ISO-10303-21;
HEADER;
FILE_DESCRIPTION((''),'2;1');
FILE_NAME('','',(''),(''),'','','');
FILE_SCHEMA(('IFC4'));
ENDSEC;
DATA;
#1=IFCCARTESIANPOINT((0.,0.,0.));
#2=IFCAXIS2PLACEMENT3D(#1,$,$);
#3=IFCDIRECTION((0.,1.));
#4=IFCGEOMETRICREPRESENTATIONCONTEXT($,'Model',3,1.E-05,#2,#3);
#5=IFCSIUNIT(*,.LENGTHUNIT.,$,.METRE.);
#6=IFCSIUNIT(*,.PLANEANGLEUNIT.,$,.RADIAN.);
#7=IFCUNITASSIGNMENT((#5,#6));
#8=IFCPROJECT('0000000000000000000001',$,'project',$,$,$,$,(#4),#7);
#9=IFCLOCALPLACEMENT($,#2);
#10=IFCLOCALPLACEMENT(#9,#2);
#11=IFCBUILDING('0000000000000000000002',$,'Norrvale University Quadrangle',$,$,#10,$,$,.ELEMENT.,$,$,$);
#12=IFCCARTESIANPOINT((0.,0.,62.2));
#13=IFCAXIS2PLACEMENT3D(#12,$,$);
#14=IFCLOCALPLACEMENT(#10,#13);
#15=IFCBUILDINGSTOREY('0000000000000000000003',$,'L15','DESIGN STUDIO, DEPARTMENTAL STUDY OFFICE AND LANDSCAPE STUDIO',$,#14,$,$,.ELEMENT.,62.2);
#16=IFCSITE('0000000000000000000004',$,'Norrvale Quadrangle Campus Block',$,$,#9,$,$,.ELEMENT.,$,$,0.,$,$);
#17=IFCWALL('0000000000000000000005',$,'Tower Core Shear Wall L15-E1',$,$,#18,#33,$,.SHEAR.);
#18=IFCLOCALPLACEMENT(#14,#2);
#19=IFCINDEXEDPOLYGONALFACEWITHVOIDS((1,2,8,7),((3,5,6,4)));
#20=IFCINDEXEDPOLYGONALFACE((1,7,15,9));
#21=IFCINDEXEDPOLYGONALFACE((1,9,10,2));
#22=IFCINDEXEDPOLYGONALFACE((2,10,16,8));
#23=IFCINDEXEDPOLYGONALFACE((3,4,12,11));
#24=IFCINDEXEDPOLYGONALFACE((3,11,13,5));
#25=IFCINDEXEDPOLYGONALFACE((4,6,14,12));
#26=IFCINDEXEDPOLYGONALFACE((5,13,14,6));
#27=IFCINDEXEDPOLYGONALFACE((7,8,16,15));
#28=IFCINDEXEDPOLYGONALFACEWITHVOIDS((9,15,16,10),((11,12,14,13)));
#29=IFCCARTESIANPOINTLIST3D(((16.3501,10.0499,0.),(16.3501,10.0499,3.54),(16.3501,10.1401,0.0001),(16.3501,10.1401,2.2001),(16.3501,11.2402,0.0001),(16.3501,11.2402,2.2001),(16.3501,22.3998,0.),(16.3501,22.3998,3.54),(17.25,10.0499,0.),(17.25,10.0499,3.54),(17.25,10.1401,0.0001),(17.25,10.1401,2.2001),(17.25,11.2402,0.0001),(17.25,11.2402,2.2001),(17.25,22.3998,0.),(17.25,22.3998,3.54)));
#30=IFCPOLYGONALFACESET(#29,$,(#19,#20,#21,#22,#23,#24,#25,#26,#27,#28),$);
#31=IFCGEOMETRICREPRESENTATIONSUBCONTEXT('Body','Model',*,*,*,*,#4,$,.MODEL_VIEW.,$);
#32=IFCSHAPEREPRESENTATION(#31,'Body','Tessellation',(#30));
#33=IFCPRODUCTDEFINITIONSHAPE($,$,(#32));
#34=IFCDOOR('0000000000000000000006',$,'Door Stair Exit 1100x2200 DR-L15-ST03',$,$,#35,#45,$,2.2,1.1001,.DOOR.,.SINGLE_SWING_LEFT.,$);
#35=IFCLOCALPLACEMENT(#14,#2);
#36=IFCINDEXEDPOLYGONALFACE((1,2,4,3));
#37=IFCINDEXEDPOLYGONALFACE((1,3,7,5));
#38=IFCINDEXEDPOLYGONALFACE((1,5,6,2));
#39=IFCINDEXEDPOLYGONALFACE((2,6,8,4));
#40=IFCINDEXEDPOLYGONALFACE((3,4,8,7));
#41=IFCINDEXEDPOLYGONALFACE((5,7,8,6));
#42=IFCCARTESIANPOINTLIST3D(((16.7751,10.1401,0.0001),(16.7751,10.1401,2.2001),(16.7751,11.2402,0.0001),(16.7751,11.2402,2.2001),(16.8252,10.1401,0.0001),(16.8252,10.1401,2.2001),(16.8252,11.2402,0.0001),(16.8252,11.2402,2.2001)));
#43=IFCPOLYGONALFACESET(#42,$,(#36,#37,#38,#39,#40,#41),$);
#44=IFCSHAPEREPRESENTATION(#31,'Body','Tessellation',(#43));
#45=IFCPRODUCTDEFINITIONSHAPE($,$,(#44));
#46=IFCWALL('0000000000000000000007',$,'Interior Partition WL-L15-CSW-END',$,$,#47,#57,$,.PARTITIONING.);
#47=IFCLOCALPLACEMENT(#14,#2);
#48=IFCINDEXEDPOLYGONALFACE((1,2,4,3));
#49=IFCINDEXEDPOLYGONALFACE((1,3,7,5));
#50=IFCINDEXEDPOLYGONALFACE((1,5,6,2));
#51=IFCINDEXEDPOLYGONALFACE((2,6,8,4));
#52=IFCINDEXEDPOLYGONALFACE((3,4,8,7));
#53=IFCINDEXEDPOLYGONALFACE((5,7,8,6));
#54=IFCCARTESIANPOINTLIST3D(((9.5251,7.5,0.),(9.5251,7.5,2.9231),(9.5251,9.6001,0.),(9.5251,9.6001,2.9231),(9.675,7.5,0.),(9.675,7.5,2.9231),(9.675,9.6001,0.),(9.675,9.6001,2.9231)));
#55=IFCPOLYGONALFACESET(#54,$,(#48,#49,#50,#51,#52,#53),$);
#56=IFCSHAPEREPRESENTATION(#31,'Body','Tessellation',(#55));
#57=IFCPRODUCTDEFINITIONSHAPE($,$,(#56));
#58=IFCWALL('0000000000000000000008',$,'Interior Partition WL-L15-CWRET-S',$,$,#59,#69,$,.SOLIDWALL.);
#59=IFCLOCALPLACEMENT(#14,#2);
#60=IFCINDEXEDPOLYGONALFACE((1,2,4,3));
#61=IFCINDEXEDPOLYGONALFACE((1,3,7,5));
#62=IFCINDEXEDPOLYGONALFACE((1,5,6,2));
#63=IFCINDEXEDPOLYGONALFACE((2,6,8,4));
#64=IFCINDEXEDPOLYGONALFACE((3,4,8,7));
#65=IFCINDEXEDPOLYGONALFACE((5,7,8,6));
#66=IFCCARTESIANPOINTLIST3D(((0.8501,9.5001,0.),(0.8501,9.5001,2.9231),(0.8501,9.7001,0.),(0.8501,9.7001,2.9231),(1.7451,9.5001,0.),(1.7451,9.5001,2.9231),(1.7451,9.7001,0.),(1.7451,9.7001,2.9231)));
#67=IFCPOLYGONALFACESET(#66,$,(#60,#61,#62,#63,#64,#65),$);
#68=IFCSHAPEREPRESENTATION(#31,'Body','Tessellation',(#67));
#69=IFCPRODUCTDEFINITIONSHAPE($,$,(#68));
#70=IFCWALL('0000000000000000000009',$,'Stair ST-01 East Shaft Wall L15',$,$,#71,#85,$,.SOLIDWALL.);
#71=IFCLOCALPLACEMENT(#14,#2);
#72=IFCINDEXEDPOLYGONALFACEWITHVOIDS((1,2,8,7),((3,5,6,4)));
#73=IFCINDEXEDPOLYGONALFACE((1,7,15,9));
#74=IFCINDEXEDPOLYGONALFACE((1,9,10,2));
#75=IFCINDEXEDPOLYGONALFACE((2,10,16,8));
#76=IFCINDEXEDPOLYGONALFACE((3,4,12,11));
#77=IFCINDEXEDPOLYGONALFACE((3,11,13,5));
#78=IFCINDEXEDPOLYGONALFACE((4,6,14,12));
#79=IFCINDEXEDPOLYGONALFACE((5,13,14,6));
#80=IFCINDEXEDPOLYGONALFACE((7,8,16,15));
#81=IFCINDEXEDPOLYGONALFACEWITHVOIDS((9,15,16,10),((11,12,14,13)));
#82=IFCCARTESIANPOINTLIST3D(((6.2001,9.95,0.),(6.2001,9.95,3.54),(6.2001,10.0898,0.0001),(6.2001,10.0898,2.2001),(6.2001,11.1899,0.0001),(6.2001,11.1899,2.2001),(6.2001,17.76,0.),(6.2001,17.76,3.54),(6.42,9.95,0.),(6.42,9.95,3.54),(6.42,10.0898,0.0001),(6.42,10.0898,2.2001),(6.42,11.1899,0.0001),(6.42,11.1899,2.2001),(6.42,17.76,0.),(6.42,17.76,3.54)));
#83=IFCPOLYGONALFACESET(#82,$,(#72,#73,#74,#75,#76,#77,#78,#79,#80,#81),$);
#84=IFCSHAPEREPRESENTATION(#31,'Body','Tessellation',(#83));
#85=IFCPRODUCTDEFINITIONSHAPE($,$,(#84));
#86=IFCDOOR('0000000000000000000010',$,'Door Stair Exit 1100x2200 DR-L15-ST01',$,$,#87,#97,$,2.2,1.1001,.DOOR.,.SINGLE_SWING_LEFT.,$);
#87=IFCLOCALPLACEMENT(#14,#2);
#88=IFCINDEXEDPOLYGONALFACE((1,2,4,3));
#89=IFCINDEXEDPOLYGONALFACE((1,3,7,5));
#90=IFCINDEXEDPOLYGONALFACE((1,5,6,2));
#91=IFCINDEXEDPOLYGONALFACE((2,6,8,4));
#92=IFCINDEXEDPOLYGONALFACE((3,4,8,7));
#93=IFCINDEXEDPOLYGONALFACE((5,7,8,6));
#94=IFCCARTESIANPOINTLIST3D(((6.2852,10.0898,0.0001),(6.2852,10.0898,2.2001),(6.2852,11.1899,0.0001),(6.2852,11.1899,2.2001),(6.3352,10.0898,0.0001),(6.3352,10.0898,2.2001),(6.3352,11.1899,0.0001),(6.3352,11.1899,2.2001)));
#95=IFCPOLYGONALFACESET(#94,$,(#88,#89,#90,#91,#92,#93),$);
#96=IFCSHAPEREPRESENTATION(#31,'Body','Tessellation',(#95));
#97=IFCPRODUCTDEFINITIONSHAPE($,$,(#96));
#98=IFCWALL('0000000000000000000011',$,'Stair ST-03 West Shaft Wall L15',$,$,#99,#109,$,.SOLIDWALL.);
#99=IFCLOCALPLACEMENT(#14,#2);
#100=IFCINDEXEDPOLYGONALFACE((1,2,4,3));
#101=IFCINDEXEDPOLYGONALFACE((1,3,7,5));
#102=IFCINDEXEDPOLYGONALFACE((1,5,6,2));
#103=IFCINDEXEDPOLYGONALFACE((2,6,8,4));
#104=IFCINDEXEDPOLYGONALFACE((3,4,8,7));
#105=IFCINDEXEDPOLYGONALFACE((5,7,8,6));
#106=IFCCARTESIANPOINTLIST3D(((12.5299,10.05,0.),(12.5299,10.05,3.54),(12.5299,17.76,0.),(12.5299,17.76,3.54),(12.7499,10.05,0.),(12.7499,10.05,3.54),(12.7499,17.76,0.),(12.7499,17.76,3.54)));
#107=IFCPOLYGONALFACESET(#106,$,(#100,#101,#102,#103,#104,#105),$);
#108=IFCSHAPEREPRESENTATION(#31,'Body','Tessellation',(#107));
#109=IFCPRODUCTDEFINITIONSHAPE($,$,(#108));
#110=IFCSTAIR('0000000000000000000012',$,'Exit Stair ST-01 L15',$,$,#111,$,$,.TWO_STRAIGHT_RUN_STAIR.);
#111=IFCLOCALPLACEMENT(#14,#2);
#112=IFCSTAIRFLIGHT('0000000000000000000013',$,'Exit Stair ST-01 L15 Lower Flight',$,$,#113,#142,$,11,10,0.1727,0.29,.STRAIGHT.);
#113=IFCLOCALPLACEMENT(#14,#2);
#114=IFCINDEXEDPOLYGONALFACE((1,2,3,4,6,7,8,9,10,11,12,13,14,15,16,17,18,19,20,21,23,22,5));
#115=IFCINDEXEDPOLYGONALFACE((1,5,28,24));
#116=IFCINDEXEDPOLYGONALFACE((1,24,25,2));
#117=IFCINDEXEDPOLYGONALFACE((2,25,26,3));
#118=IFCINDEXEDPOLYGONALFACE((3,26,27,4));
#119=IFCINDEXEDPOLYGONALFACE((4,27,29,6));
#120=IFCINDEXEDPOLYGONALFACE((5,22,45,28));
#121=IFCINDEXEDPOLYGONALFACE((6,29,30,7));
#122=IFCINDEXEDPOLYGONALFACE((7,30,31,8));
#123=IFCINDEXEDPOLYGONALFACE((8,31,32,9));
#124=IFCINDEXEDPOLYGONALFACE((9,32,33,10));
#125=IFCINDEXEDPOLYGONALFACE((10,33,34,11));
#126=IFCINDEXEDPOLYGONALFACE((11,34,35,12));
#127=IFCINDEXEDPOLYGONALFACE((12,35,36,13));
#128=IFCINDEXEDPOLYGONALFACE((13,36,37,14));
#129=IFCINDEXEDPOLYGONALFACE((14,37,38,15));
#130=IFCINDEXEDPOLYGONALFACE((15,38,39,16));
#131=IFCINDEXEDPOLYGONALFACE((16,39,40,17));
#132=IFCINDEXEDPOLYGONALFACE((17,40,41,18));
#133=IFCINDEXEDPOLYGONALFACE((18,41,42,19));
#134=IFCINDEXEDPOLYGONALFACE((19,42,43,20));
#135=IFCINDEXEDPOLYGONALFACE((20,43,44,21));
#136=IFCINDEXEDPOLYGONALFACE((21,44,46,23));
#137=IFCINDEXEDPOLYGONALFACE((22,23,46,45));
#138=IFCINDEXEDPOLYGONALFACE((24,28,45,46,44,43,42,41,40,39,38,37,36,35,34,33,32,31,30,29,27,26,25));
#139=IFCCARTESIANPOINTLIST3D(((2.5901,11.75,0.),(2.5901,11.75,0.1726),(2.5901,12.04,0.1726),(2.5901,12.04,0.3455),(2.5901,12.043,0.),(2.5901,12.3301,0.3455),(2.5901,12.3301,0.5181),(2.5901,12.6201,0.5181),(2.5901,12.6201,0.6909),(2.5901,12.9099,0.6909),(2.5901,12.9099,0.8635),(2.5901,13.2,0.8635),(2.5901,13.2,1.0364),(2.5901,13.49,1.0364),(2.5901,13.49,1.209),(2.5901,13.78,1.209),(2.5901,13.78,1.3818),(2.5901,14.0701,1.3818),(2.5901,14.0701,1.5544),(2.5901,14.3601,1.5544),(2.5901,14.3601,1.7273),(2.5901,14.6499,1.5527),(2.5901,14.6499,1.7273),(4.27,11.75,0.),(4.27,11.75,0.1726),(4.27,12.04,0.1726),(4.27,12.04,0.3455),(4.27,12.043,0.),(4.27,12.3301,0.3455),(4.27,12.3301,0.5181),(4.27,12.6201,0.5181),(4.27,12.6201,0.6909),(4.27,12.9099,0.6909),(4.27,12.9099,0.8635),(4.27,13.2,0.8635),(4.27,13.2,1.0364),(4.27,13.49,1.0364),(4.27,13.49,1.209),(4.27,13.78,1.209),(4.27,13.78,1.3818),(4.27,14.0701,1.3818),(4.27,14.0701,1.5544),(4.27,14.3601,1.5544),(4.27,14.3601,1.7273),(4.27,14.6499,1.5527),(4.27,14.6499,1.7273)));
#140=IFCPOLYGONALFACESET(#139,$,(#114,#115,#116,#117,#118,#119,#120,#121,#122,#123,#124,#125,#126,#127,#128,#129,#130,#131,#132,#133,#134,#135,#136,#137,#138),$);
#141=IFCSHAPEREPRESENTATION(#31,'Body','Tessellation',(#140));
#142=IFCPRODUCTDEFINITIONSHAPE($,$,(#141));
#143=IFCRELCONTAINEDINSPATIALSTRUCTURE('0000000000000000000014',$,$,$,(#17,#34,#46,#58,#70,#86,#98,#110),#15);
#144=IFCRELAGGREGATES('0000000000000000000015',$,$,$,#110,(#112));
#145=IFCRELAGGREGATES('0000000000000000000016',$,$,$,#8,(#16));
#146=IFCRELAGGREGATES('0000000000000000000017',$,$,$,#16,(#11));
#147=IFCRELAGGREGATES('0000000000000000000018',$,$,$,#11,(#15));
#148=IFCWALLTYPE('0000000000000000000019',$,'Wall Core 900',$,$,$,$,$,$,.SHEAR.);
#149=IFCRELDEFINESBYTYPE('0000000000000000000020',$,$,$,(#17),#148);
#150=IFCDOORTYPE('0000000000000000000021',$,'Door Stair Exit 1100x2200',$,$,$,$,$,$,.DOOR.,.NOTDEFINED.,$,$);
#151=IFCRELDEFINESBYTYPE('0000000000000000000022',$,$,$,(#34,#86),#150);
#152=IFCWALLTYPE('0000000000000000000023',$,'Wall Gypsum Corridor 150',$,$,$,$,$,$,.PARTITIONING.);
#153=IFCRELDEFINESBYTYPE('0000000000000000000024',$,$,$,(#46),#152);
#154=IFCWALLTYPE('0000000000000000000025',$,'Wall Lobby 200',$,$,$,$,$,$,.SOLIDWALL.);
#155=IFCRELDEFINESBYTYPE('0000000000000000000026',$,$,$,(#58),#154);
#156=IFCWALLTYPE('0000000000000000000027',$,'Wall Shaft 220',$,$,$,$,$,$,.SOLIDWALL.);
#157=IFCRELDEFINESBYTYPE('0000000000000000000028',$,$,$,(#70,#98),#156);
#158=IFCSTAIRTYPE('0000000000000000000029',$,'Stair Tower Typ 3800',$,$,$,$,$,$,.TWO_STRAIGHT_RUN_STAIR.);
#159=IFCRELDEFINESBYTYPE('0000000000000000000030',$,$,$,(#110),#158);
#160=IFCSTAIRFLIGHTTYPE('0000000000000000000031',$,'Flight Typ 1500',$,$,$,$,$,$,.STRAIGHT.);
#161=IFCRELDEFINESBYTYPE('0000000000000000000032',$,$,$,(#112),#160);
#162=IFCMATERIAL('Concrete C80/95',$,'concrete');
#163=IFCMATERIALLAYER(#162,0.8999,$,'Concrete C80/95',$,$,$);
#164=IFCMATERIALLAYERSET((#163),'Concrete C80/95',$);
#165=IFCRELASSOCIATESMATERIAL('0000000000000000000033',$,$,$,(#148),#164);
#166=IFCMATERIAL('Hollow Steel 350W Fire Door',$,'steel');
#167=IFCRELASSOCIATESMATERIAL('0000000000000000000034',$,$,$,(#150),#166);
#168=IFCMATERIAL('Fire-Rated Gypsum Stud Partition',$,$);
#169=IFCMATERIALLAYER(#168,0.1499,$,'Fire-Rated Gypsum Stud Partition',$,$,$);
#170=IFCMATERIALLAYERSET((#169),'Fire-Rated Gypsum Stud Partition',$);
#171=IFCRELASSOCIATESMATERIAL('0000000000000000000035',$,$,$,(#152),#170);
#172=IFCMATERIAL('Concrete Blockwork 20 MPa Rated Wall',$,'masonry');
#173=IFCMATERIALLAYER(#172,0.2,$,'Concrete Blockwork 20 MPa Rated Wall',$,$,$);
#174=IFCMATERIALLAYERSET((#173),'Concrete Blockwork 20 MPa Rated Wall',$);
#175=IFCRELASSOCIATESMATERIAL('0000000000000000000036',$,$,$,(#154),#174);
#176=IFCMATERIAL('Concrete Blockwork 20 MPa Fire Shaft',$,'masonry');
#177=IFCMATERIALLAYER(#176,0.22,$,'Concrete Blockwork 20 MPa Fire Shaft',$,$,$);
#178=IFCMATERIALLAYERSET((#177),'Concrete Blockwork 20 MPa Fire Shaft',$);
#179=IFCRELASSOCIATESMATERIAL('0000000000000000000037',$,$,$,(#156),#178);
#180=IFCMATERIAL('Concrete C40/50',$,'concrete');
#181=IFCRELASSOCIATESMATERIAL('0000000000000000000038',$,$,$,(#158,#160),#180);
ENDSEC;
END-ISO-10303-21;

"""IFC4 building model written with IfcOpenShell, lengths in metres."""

from ifc_helpers import new_model, si_unit, direction, frame, frame_2d, origin, place, context, subcontext, project, spatial, polyline, rectangle, outline, extrude, material, layer, layer_set, type_object, element, fill, aggregate, save


model = new_model("IFC4")

# Units and contexts
model_context = context("Model", 3, precision=1e-05, world=origin(), true_north=direction((0.0, 1.0)))
body_context = subcontext(model_context, "Body", "Model", "MODEL_VIEW")
ifc_project = project(units=[si_unit("LENGTHUNIT", "METRE"), si_unit("PLANEANGLEUNIT", "RADIAN")], contexts=[model_context])

# Site, building, storey
site_placement = place(None, origin())
site = spatial("IfcSite", under=ifc_project, at=site_placement, Name="Norrvale Quadrangle Campus Block", CompositionType="ELEMENT", RefElevation=0.0)
building_placement = place(site_placement, origin())
building = spatial("IfcBuilding", under=site, at=building_placement, Name="Norrvale University Quadrangle", CompositionType="ELEMENT")
storey_placement = place(building_placement, frame((0.0, 0.0, 62.2)))
storey = spatial("IfcBuildingStorey", under=building, at=storey_placement, Name="L15", Description="DESIGN STUDIO, DEPARTMENTAL STUDY OFFICE AND LANDSCAPE STUDIO", CompositionType="ELEMENT", Elevation=62.2)

# Shared definitions
ifc_material_1 = material(Name="Concrete C80/95", Category="concrete")

# Shared definitions
ifc_layer_1 = layer(ifc_material_1, 0.8999, Name="Concrete C80/95")
ifc_layer_set_1 = layer_set([ifc_layer_1], Name="Concrete C80/95")
wall_type_1 = type_object("IfcWallType", Name="Wall Core 900", PredefinedType="SHEAR", material=ifc_layer_set_1)

# Wall, opening, door
wall_1_placement = place(storey_placement, frame((16.8, 10.05, 0.0), z_axis=(0.0, 0.0, 1.0), x_axis=(0.0, 1.0, 0.0)))
wall_1 = element("IfcWall", 1, at=wall_1_placement, inside=storey, type_object=wall_type_1, Name="Tower Core Shear Wall L15-E1", PredefinedType="SHEAR", context=body_context, shape_type="SweptSolid", body=[
    extrude(rectangle(XDim=12.3499, YDim=0.8999, at=frame_2d((6.1748, 0.0))), origin(), (0.0, 0.0, 1.0), 3.54),
])
opening_1_placement = place(wall_1_placement, frame((0.0901, 0.0, 0.0)))
opening_1 = element("IfcOpeningElement", 2, at=opening_1_placement, cuts=wall_1, PredefinedType="OPENING", context=body_context, shape_type="SweptSolid", body=[
    extrude(rectangle(XDim=1.1001, YDim=2.2, at=frame_2d((0.55, 1.1001))), frame((0.0, 0.4619, 0.0), z_axis=(0.0, -1.0, 0.0), x_axis=(1.0, 0.0, 0.0)), (0.0, 0.0, 1.0), 0.9238),
])
ifc_material_2 = material(Name="Hollow Steel 350W Fire Door", Category="steel")
door_type = type_object("IfcDoorType", Name="Door Stair Exit 1100x2200", OperationType="NOTDEFINED", PredefinedType="DOOR", material=ifc_material_2)
door_1_placement = place(opening_1_placement, origin())
door_1 = element("IfcDoor", 3, at=door_1_placement, inside=storey, type_object=door_type, Name="Door Stair Exit 1100x2200 DR-L15-ST03", OperationType="SINGLE_SWING_LEFT", OverallHeight=2.2, OverallWidth=1.1001, PredefinedType="DOOR", context=body_context, shape_type="SweptSolid", body=[
    extrude(rectangle(XDim=1.1001, YDim=2.2, at=frame_2d((0.55, 1.1001))), frame((0.0, 0.0249, 0.0), z_axis=(0.0, -1.0, 0.0), x_axis=(1.0, 0.0, 0.0)), (0.0, 0.0, 1.0), 0.05),
])
fill(opening_1, door_1)

# Walls
ifc_material_3 = material(Name="Fire-Rated Gypsum Stud Partition")
ifc_layer_2 = layer(ifc_material_3, 0.1499, Name="Fire-Rated Gypsum Stud Partition")
ifc_layer_set_2 = layer_set([ifc_layer_2], Name="Fire-Rated Gypsum Stud Partition")
wall_type_2 = type_object("IfcWallType", Name="Wall Gypsum Corridor 150", PredefinedType="PARTITIONING", material=ifc_layer_set_2)
wall_2_placement = place(storey_placement, frame((9.6001, 7.5, 0.0), z_axis=(0.0, 0.0, 1.0), x_axis=(0.0, 1.0, 0.0)))
element("IfcWall", 4, at=wall_2_placement, inside=storey, type_object=wall_type_2, Name="Interior Partition WL-L15-CSW-END", PredefinedType="PARTITIONING", context=body_context, shape_type="SweptSolid", body=[
    extrude(rectangle(XDim=2.1001, YDim=0.1499, at=frame_2d((1.05, 0.0))), origin(), (0.0, 0.0, 1.0), 2.9231),
])
ifc_material_4 = material(Name="Concrete Blockwork 20 MPa Rated Wall", Category="masonry")
ifc_layer_3 = layer(ifc_material_4, 0.2, Name="Concrete Blockwork 20 MPa Rated Wall")
ifc_layer_set_3 = layer_set([ifc_layer_3], Name="Concrete Blockwork 20 MPa Rated Wall")
wall_type_3 = type_object("IfcWallType", Name="Wall Lobby 200", PredefinedType="SOLIDWALL", material=ifc_layer_set_3)
wall_3_placement = place(storey_placement, frame((0.8501, 9.6001, 0.0), z_axis=(0.0, 0.0, 1.0), x_axis=(1.0, 0.0, 0.0)))
element("IfcWall", 5, at=wall_3_placement, inside=storey, type_object=wall_type_3, Name="Interior Partition WL-L15-CWRET-S", PredefinedType="SOLIDWALL", context=body_context, shape_type="SweptSolid", body=[
    extrude(rectangle(XDim=0.895, YDim=0.2, at=frame_2d((0.4475, 0.0))), origin(), (0.0, 0.0, 1.0), 2.9231),
])

# Wall, opening, door
ifc_material_5 = material(Name="Concrete Blockwork 20 MPa Fire Shaft", Category="masonry")
ifc_layer_4 = layer(ifc_material_5, 0.22, Name="Concrete Blockwork 20 MPa Fire Shaft")
ifc_layer_set_4 = layer_set([ifc_layer_4], Name="Concrete Blockwork 20 MPa Fire Shaft")
wall_type_4 = type_object("IfcWallType", Name="Wall Shaft 220", PredefinedType="SOLIDWALL", material=ifc_layer_set_4)
wall_4_placement = place(storey_placement, frame((6.3101, 9.95, 0.0), z_axis=(0.0, 0.0, 1.0), x_axis=(0.0, 1.0, 0.0)))
wall_4 = element("IfcWall", 6, at=wall_4_placement, inside=storey, type_object=wall_type_4, Name="Stair ST-01 East Shaft Wall L15", PredefinedType="SOLIDWALL", context=body_context, shape_type="SweptSolid", body=[
    extrude(rectangle(XDim=7.8101, YDim=0.22, at=frame_2d((3.905, 0.0))), origin(), (0.0, 0.0, 1.0), 3.54),
])
opening_2_placement = place(wall_4_placement, frame((0.1399, 0.0, 0.0)))
opening_2 = element("IfcOpeningElement", 7, at=opening_2_placement, cuts=wall_4, PredefinedType="OPENING", context=body_context, shape_type="SweptSolid", body=[
    extrude(rectangle(XDim=1.1001, YDim=2.2, at=frame_2d((0.55, 1.1001))), frame((0.0, 0.1221, 0.0), z_axis=(0.0, -1.0, 0.0), x_axis=(1.0, 0.0, 0.0)), (0.0, 0.0, 1.0), 0.2439),
])
door_2_placement = place(opening_2_placement, origin())
door_2 = element("IfcDoor", 8, at=door_2_placement, inside=storey, type_object=door_type, Name="Door Stair Exit 1100x2200 DR-L15-ST01", OperationType="SINGLE_SWING_LEFT", OverallHeight=2.2, OverallWidth=1.1001, PredefinedType="DOOR", context=body_context, shape_type="SweptSolid", body=[
    extrude(rectangle(XDim=1.1001, YDim=2.2, at=frame_2d((0.55, 1.1001))), frame((0.0, 0.0249, 0.0), z_axis=(0.0, -1.0, 0.0), x_axis=(1.0, 0.0, 0.0)), (0.0, 0.0, 1.0), 0.05),
])
fill(opening_2, door_2)

# Wall
wall_5_placement = place(storey_placement, frame((12.6399, 10.05, 0.0), z_axis=(0.0, 0.0, 1.0), x_axis=(0.0, 1.0, 0.0)))
element("IfcWall", 9, at=wall_5_placement, inside=storey, type_object=wall_type_4, Name="Stair ST-03 West Shaft Wall L15", PredefinedType="SOLIDWALL", context=body_context, shape_type="SweptSolid", body=[
    extrude(rectangle(XDim=7.71, YDim=0.22, at=frame_2d((3.855, 0.0))), origin(), (0.0, 0.0, 1.0), 3.54),
])

# Stair, stair flight
ifc_material_6 = material(Name="Concrete C40/50", Category="concrete")
stair_type = type_object("IfcStairType", Name="Stair Tower Typ 3800", PredefinedType="TWO_STRAIGHT_RUN_STAIR", material=ifc_material_6)
stair_placement = place(storey_placement, origin())
stair = element("IfcStair", 10, at=stair_placement, inside=storey, type_object=stair_type, Name="Exit Stair ST-01 L15", PredefinedType="TWO_STRAIGHT_RUN_STAIR")
stair_flight_type = type_object("IfcStairFlightType", Name="Flight Typ 1500", PredefinedType="STRAIGHT", material=ifc_material_6)
stair_flight_placement = place(storey_placement, frame((3.4299, 11.75, 0.0), z_axis=(0.0, 0.0, 1.0), x_axis=(0.0, 1.0, 0.0)))
stair_flight = element("IfcStairFlight", 11, at=stair_flight_placement, type_object=stair_flight_type, Name="Exit Stair ST-01 L15 Lower Flight", NumberOfRisers=11, NumberOfTreads=10, PredefinedType="STRAIGHT", RiserHeight=0.1727, TreadLength=0.29, context=body_context, shape_type="SweptSolid", body=[
    extrude(outline(polyline([(0.0, 0.0), (0.0, 0.1726), (0.29, 0.1726), (0.29, 0.3455), (0.5801, 0.3455), (0.5801, 0.5181), (0.8701, 0.5181), (0.8701, 0.6909), (1.1599, 0.6909), (1.1599, 0.8635), (1.45, 0.8635), (1.45, 1.0364), (1.74, 1.0364), (1.74, 1.209), (2.03, 1.209), (2.03, 1.3818), (2.3201, 1.3818), (2.3201, 1.5544), (2.6101, 1.5544), (2.6101, 1.7273), (2.8999, 1.7273), (2.8999, 1.8999), (2.8999, 1.5527), (0.293, 0.0), (0.0, 0.0)])), frame((0.0, 0.8398, 0.0), z_axis=(0.0, -1.0, 0.0), x_axis=(1.0, 0.0, 0.0)), (0.0, 0.0, 1.0), 1.6799),
])
aggregate(stair, [stair_flight])

save(model, "model.ifc")
